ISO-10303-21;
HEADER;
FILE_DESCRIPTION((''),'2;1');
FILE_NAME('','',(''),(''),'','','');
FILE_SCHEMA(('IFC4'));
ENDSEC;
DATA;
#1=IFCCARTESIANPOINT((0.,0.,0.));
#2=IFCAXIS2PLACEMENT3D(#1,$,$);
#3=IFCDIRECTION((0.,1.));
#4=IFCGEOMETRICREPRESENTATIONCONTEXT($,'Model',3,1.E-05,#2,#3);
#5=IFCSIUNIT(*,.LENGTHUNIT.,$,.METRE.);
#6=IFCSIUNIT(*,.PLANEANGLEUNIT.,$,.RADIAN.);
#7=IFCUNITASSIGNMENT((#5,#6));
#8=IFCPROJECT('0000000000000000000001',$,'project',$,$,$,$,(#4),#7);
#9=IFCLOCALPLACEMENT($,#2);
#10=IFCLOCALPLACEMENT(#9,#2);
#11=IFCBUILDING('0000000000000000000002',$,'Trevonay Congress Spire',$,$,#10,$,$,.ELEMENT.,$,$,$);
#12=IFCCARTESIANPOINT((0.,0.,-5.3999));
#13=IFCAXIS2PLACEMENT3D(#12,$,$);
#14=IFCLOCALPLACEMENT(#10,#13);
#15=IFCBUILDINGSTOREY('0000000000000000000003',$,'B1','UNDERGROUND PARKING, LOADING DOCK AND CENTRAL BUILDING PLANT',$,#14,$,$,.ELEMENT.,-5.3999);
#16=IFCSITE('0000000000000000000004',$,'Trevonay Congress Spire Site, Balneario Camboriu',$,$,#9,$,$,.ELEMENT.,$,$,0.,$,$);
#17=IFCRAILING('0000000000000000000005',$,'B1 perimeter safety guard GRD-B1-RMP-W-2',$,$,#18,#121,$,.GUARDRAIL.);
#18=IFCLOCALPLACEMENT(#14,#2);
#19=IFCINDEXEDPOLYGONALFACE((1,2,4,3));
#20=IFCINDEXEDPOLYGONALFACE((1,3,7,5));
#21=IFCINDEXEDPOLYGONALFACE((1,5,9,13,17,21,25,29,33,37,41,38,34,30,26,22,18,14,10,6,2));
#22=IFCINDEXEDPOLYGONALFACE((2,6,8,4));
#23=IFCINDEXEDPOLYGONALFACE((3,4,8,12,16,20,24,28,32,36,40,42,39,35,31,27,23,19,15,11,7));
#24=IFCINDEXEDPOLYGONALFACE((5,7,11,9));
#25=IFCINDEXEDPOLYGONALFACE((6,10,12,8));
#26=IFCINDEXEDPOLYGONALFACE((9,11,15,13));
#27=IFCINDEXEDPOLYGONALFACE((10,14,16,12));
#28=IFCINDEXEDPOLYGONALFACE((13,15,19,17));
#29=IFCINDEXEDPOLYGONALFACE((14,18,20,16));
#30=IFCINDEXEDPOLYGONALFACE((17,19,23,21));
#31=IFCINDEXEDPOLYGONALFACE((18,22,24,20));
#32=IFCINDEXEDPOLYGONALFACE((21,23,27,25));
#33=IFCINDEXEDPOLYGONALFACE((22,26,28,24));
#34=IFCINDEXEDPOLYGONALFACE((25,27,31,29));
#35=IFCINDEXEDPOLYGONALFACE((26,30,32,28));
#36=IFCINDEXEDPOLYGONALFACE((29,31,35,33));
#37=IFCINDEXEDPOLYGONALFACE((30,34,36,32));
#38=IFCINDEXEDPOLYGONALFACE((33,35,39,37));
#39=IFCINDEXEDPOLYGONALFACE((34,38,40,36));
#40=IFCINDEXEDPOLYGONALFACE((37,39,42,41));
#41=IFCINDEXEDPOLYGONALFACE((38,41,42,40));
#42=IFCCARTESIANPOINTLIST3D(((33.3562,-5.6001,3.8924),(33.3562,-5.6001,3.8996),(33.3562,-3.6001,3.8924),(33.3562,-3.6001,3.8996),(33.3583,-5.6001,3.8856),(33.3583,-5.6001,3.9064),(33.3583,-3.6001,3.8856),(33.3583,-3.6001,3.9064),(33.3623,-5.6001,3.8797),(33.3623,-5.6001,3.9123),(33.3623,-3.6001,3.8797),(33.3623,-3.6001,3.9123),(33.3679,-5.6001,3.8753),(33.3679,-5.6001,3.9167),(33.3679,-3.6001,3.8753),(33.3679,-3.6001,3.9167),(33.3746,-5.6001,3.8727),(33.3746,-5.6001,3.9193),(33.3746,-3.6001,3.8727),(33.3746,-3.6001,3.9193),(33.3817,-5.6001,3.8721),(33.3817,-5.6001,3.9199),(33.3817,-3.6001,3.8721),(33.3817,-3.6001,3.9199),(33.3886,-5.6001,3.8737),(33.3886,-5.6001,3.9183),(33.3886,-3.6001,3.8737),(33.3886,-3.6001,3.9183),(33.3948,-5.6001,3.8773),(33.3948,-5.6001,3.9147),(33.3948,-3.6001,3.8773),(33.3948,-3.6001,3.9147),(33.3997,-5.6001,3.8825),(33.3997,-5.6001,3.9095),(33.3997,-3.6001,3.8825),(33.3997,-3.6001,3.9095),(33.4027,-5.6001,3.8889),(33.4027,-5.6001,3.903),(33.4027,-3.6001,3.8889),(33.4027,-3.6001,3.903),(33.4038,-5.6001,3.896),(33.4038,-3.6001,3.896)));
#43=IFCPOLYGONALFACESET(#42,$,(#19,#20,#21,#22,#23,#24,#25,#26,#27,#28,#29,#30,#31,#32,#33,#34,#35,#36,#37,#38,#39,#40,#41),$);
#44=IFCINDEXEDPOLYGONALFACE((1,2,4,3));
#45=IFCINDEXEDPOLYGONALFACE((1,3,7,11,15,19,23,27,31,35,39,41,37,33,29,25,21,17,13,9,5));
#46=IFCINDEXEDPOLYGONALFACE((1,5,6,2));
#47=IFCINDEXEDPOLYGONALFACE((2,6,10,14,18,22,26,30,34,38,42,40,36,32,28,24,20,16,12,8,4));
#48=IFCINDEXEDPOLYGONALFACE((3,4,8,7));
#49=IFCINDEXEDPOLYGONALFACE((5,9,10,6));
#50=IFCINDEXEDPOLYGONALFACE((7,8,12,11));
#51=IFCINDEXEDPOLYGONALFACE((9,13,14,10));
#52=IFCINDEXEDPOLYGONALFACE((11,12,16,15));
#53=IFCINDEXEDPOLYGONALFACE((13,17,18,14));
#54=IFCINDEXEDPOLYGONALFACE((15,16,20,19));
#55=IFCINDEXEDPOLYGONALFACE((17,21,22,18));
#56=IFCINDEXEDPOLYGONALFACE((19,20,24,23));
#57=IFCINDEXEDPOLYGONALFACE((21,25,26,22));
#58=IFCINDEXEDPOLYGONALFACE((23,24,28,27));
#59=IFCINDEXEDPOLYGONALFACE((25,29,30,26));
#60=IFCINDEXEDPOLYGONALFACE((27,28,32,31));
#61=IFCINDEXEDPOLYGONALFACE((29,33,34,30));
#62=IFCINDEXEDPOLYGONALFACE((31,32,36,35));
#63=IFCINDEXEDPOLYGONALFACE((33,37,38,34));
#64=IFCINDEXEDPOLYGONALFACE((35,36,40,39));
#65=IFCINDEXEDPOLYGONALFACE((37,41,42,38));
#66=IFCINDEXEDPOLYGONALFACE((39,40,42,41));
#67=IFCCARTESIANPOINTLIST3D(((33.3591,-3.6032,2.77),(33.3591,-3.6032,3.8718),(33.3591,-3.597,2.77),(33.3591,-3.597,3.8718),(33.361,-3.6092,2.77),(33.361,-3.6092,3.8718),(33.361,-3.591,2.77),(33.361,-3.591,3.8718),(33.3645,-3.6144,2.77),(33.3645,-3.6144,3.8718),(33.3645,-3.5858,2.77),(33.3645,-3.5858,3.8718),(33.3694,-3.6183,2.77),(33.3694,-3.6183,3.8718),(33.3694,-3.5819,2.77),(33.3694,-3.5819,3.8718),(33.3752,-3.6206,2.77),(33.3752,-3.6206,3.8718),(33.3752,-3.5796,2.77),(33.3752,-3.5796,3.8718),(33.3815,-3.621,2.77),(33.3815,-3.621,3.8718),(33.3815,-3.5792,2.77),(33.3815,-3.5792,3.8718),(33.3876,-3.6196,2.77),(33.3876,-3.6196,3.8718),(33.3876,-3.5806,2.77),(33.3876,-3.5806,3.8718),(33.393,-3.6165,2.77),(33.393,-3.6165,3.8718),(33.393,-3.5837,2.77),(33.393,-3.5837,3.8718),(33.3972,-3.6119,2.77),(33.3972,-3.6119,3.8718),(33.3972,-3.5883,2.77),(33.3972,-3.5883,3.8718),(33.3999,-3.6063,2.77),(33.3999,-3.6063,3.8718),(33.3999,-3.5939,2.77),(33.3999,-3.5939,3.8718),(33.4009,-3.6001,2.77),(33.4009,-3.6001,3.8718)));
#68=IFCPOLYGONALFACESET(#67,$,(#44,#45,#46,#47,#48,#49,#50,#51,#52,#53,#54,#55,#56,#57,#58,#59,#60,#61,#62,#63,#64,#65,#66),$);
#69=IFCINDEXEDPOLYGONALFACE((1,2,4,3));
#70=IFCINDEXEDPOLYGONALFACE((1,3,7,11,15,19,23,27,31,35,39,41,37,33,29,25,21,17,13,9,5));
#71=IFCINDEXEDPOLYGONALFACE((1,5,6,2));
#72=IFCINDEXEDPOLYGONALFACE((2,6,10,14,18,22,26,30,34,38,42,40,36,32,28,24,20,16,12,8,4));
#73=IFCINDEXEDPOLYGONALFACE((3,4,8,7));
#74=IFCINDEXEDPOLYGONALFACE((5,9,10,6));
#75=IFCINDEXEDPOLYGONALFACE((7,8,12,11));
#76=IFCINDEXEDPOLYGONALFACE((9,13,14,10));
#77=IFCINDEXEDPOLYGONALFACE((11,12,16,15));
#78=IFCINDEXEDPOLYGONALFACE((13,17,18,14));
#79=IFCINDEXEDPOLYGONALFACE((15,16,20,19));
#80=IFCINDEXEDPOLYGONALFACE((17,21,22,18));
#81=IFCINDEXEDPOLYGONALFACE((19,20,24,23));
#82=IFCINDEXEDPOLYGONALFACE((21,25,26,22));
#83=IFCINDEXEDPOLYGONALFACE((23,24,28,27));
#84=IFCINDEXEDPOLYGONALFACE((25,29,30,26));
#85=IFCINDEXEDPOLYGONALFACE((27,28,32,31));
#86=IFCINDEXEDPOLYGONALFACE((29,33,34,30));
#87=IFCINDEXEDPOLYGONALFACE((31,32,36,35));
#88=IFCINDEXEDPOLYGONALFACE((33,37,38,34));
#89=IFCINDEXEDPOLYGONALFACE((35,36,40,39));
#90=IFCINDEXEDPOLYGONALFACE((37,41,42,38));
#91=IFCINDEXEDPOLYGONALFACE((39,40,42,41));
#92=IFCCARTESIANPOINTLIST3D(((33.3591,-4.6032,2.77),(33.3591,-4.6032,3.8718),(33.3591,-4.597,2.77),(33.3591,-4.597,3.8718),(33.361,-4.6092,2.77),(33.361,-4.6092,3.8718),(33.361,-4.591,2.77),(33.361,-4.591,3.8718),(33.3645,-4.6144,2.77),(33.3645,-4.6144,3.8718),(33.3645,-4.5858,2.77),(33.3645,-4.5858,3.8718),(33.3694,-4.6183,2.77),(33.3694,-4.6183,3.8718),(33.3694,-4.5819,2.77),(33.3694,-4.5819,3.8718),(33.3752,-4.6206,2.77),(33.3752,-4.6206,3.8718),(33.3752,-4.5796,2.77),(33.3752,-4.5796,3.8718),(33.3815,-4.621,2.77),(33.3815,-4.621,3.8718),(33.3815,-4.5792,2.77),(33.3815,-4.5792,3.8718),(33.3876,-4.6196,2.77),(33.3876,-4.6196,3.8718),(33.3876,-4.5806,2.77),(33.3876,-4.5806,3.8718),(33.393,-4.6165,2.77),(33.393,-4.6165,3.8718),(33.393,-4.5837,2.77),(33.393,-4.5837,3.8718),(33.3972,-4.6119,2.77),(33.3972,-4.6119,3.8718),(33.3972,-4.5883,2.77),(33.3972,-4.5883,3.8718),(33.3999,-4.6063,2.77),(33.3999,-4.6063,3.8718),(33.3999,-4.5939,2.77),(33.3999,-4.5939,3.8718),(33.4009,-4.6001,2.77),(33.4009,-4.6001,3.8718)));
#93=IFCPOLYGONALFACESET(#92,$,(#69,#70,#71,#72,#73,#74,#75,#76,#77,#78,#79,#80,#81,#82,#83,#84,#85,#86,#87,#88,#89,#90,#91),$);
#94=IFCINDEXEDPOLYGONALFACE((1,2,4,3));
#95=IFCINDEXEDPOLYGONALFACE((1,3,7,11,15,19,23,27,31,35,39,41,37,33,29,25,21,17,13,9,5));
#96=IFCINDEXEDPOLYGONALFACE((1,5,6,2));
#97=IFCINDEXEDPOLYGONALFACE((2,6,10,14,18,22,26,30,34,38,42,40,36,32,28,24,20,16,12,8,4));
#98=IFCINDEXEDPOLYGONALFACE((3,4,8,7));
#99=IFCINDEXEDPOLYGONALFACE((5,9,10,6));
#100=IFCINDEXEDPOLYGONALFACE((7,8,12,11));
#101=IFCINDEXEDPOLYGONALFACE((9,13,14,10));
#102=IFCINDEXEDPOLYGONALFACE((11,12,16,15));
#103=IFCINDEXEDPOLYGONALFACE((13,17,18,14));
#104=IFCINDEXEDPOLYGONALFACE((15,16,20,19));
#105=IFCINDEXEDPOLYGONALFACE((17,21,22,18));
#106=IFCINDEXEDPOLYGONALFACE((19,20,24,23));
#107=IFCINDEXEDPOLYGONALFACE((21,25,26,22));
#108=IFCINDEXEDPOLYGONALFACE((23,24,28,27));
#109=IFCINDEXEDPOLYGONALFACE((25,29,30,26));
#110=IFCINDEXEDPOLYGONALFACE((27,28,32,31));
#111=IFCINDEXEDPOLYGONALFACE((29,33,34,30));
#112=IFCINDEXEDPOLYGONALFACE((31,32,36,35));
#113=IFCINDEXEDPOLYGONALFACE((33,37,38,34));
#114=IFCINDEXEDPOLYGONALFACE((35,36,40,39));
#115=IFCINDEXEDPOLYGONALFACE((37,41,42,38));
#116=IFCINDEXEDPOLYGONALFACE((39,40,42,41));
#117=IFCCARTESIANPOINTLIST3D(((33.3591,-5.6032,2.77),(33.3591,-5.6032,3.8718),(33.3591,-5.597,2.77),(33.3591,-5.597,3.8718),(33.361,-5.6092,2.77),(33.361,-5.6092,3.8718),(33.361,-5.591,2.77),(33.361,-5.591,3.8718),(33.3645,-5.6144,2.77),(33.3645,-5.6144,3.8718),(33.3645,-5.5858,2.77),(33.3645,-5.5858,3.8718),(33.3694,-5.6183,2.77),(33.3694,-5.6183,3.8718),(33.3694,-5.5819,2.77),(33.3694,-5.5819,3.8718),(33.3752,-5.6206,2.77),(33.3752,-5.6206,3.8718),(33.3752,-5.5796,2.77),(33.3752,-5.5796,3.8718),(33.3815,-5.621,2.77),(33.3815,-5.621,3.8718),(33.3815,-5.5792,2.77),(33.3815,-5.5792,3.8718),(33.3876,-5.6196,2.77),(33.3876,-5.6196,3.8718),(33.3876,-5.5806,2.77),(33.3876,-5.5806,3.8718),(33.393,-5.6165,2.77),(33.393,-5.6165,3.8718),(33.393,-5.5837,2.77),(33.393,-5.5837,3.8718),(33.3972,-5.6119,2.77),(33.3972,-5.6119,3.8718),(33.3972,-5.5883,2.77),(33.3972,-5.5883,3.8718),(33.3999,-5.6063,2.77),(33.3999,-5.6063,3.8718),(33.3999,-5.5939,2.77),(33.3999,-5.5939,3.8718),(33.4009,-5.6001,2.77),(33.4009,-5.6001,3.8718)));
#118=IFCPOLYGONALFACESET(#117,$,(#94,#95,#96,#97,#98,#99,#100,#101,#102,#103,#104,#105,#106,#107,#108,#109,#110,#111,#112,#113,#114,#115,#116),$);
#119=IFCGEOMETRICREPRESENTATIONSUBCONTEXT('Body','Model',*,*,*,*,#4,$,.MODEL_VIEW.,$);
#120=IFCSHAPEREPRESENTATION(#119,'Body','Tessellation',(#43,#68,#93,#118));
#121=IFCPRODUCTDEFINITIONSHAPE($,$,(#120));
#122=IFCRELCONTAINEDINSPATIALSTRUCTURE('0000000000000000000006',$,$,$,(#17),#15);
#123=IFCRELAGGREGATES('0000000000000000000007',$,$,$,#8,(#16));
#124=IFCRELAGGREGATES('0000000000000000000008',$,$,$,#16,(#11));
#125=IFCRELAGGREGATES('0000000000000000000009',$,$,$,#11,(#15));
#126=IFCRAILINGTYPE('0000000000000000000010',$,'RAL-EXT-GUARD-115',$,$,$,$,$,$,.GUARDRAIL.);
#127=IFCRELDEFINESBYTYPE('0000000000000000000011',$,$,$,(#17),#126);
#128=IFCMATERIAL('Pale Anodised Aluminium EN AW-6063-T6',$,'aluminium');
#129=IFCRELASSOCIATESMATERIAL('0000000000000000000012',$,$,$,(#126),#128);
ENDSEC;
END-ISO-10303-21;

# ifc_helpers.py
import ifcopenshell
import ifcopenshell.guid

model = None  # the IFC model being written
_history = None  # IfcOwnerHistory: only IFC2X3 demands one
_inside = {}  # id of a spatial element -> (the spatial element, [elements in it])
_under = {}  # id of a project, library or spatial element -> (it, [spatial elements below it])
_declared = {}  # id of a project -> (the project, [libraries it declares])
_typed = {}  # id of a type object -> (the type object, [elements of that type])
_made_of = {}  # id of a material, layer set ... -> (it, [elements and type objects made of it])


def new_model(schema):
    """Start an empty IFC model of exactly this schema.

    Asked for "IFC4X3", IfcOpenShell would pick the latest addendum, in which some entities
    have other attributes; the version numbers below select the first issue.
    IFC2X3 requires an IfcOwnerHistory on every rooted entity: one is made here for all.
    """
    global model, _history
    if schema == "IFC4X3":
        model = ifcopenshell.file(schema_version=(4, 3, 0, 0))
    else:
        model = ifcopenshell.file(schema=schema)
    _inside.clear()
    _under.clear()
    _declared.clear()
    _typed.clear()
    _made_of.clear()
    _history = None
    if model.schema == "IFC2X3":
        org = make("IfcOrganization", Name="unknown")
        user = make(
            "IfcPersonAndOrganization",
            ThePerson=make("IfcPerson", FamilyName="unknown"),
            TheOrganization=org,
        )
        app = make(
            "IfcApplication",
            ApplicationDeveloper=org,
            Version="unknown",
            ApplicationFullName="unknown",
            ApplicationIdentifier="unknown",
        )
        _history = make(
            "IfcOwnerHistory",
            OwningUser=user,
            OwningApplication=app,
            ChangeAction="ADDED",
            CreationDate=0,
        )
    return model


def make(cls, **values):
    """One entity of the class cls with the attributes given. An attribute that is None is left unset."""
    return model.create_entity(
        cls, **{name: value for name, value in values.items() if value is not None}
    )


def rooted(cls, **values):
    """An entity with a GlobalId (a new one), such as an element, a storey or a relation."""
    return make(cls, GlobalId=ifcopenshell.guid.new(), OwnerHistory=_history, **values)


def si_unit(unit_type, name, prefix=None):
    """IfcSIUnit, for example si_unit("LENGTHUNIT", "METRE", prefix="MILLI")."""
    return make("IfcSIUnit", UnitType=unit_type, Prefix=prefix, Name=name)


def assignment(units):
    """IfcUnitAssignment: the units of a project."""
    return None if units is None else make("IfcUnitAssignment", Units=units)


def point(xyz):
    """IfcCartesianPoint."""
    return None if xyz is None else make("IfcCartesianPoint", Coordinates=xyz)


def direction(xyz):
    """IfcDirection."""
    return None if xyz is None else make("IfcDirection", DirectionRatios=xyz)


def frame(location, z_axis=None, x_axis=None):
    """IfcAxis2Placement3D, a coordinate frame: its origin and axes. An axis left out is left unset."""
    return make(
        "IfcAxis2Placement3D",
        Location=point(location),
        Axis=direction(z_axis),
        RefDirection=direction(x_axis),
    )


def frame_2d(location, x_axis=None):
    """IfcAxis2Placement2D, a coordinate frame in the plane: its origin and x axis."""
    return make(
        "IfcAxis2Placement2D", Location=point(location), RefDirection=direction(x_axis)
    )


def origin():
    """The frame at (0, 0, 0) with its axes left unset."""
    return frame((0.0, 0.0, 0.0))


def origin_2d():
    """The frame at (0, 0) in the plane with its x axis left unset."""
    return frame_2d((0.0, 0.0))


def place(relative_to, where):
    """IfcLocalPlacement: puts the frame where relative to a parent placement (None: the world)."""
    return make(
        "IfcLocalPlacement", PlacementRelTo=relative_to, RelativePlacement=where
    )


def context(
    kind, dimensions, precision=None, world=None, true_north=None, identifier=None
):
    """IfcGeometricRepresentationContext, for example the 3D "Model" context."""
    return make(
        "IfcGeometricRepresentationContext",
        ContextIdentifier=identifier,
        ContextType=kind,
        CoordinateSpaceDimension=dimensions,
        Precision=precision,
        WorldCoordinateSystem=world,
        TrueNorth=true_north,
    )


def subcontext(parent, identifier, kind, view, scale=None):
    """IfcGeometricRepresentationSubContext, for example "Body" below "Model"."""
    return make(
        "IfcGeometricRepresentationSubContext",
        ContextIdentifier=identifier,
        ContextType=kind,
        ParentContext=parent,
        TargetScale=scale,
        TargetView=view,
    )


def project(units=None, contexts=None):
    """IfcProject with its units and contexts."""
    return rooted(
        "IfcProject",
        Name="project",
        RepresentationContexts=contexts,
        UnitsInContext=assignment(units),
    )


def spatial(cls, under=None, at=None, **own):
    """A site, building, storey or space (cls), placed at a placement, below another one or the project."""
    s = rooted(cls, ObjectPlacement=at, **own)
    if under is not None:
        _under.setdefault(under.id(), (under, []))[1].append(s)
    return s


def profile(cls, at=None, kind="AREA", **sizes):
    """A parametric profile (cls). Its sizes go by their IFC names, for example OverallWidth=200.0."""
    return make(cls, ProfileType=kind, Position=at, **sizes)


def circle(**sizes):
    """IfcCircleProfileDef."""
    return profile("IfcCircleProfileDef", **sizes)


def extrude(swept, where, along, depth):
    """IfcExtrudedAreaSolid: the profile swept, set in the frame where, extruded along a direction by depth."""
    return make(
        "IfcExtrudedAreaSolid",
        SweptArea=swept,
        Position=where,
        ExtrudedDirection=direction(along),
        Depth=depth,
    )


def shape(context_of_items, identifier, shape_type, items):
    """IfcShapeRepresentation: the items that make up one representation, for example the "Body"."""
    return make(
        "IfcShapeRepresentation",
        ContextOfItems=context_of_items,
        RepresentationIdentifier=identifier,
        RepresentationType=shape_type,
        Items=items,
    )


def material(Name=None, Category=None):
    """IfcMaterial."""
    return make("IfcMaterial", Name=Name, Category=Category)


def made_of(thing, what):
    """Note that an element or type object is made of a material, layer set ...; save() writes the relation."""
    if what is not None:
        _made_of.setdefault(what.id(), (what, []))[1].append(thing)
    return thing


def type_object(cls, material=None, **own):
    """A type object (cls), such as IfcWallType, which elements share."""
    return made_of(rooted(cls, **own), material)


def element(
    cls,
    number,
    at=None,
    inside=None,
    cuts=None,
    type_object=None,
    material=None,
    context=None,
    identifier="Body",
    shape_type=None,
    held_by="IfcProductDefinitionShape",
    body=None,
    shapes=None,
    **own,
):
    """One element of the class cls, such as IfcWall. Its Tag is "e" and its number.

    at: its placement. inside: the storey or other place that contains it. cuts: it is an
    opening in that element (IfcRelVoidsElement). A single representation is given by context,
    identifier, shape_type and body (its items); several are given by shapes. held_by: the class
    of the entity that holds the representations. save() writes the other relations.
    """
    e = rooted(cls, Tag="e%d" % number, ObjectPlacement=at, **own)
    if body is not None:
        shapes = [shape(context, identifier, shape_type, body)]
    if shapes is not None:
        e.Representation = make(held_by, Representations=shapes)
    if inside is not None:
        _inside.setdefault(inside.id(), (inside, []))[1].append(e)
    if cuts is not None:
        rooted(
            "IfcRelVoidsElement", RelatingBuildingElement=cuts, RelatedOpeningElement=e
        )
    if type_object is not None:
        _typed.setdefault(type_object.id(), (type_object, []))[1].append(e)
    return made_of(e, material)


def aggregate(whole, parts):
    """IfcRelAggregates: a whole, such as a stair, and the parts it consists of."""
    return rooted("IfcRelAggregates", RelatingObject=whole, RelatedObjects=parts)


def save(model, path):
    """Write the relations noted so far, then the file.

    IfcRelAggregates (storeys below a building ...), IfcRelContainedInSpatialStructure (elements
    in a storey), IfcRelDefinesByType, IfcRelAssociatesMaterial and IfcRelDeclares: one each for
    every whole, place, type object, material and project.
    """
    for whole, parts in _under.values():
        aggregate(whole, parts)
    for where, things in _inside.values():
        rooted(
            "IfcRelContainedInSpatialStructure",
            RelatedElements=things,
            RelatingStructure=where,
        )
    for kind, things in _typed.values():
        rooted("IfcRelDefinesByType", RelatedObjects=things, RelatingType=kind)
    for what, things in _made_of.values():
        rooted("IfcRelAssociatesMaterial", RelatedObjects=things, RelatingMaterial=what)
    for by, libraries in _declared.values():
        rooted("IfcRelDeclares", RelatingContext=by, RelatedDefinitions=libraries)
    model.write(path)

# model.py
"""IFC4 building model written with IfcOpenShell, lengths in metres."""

from ifc_helpers import new_model, si_unit, direction, frame, origin, origin_2d, place, context, subcontext, project, spatial, circle, extrude, material, type_object, element, save


model = new_model("IFC4")

# Units and contexts
model_context = context("Model", 3, precision=1e-05, world=origin(), true_north=direction((0.0, 1.0)))
body_context = subcontext(model_context, "Body", "Model", "MODEL_VIEW")
ifc_project = project(units=[si_unit("LENGTHUNIT", "METRE"), si_unit("PLANEANGLEUNIT", "RADIAN")], contexts=[model_context])

# Site, building, storey
site_placement = place(None, origin())
site = spatial("IfcSite", under=ifc_project, at=site_placement, Name="Trevonay Congress Spire Site, Balneario Camboriu", CompositionType="ELEMENT", RefElevation=0.0)
building_placement = place(site_placement, origin())
building = spatial("IfcBuilding", under=site, at=building_placement, Name="Trevonay Congress Spire", CompositionType="ELEMENT")
storey_placement = place(building_placement, frame((0.0, 0.0, -5.3999)))
storey = spatial("IfcBuildingStorey", under=building, at=storey_placement, Name="B1", Description="UNDERGROUND PARKING, LOADING DOCK AND CENTRAL BUILDING PLANT", CompositionType="ELEMENT", Elevation=-5.3999)

# Railing
ifc_material_1 = material(Name="Pale Anodised Aluminium EN AW-6063-T6", Category="aluminium")
railing_type_1 = type_object("IfcRailingType", Name="RAL-EXT-GUARD-115", PredefinedType="GUARDRAIL", material=ifc_material_1)
railing_1_placement = place(storey_placement, frame((33.3799, -3.6001, 2.77)))
element("IfcRailing", 1, at=railing_1_placement, inside=storey, type_object=railing_type_1, Name="B1 perimeter safety guard GRD-B1-RMP-W-2", PredefinedType="GUARDRAIL", context=body_context, shape_type="SweptSolid", body=[
    extrude(circle(Radius=0.0239, at=origin_2d()), frame((0.0, 0.0, 1.126), z_axis=(0.0, -1.0, 0.0), x_axis=(1.0, 0.0, 0.0)), (0.0, 0.0, 1.0), 2.0),
    extrude(circle(Radius=0.021, at=origin_2d()), origin(), (0.0, 0.0, 1.0), 1.1018),
    extrude(circle(Radius=0.021, at=origin_2d()), frame((0.0, -1.0, 0.0)), (0.0, 0.0, 1.0), 1.1018),
    extrude(circle(Radius=0.021, at=origin_2d()), frame((0.0, -2.0, 0.0)), (0.0, 0.0, 1.0), 1.1018),
])

save(model, "model.ifc")
